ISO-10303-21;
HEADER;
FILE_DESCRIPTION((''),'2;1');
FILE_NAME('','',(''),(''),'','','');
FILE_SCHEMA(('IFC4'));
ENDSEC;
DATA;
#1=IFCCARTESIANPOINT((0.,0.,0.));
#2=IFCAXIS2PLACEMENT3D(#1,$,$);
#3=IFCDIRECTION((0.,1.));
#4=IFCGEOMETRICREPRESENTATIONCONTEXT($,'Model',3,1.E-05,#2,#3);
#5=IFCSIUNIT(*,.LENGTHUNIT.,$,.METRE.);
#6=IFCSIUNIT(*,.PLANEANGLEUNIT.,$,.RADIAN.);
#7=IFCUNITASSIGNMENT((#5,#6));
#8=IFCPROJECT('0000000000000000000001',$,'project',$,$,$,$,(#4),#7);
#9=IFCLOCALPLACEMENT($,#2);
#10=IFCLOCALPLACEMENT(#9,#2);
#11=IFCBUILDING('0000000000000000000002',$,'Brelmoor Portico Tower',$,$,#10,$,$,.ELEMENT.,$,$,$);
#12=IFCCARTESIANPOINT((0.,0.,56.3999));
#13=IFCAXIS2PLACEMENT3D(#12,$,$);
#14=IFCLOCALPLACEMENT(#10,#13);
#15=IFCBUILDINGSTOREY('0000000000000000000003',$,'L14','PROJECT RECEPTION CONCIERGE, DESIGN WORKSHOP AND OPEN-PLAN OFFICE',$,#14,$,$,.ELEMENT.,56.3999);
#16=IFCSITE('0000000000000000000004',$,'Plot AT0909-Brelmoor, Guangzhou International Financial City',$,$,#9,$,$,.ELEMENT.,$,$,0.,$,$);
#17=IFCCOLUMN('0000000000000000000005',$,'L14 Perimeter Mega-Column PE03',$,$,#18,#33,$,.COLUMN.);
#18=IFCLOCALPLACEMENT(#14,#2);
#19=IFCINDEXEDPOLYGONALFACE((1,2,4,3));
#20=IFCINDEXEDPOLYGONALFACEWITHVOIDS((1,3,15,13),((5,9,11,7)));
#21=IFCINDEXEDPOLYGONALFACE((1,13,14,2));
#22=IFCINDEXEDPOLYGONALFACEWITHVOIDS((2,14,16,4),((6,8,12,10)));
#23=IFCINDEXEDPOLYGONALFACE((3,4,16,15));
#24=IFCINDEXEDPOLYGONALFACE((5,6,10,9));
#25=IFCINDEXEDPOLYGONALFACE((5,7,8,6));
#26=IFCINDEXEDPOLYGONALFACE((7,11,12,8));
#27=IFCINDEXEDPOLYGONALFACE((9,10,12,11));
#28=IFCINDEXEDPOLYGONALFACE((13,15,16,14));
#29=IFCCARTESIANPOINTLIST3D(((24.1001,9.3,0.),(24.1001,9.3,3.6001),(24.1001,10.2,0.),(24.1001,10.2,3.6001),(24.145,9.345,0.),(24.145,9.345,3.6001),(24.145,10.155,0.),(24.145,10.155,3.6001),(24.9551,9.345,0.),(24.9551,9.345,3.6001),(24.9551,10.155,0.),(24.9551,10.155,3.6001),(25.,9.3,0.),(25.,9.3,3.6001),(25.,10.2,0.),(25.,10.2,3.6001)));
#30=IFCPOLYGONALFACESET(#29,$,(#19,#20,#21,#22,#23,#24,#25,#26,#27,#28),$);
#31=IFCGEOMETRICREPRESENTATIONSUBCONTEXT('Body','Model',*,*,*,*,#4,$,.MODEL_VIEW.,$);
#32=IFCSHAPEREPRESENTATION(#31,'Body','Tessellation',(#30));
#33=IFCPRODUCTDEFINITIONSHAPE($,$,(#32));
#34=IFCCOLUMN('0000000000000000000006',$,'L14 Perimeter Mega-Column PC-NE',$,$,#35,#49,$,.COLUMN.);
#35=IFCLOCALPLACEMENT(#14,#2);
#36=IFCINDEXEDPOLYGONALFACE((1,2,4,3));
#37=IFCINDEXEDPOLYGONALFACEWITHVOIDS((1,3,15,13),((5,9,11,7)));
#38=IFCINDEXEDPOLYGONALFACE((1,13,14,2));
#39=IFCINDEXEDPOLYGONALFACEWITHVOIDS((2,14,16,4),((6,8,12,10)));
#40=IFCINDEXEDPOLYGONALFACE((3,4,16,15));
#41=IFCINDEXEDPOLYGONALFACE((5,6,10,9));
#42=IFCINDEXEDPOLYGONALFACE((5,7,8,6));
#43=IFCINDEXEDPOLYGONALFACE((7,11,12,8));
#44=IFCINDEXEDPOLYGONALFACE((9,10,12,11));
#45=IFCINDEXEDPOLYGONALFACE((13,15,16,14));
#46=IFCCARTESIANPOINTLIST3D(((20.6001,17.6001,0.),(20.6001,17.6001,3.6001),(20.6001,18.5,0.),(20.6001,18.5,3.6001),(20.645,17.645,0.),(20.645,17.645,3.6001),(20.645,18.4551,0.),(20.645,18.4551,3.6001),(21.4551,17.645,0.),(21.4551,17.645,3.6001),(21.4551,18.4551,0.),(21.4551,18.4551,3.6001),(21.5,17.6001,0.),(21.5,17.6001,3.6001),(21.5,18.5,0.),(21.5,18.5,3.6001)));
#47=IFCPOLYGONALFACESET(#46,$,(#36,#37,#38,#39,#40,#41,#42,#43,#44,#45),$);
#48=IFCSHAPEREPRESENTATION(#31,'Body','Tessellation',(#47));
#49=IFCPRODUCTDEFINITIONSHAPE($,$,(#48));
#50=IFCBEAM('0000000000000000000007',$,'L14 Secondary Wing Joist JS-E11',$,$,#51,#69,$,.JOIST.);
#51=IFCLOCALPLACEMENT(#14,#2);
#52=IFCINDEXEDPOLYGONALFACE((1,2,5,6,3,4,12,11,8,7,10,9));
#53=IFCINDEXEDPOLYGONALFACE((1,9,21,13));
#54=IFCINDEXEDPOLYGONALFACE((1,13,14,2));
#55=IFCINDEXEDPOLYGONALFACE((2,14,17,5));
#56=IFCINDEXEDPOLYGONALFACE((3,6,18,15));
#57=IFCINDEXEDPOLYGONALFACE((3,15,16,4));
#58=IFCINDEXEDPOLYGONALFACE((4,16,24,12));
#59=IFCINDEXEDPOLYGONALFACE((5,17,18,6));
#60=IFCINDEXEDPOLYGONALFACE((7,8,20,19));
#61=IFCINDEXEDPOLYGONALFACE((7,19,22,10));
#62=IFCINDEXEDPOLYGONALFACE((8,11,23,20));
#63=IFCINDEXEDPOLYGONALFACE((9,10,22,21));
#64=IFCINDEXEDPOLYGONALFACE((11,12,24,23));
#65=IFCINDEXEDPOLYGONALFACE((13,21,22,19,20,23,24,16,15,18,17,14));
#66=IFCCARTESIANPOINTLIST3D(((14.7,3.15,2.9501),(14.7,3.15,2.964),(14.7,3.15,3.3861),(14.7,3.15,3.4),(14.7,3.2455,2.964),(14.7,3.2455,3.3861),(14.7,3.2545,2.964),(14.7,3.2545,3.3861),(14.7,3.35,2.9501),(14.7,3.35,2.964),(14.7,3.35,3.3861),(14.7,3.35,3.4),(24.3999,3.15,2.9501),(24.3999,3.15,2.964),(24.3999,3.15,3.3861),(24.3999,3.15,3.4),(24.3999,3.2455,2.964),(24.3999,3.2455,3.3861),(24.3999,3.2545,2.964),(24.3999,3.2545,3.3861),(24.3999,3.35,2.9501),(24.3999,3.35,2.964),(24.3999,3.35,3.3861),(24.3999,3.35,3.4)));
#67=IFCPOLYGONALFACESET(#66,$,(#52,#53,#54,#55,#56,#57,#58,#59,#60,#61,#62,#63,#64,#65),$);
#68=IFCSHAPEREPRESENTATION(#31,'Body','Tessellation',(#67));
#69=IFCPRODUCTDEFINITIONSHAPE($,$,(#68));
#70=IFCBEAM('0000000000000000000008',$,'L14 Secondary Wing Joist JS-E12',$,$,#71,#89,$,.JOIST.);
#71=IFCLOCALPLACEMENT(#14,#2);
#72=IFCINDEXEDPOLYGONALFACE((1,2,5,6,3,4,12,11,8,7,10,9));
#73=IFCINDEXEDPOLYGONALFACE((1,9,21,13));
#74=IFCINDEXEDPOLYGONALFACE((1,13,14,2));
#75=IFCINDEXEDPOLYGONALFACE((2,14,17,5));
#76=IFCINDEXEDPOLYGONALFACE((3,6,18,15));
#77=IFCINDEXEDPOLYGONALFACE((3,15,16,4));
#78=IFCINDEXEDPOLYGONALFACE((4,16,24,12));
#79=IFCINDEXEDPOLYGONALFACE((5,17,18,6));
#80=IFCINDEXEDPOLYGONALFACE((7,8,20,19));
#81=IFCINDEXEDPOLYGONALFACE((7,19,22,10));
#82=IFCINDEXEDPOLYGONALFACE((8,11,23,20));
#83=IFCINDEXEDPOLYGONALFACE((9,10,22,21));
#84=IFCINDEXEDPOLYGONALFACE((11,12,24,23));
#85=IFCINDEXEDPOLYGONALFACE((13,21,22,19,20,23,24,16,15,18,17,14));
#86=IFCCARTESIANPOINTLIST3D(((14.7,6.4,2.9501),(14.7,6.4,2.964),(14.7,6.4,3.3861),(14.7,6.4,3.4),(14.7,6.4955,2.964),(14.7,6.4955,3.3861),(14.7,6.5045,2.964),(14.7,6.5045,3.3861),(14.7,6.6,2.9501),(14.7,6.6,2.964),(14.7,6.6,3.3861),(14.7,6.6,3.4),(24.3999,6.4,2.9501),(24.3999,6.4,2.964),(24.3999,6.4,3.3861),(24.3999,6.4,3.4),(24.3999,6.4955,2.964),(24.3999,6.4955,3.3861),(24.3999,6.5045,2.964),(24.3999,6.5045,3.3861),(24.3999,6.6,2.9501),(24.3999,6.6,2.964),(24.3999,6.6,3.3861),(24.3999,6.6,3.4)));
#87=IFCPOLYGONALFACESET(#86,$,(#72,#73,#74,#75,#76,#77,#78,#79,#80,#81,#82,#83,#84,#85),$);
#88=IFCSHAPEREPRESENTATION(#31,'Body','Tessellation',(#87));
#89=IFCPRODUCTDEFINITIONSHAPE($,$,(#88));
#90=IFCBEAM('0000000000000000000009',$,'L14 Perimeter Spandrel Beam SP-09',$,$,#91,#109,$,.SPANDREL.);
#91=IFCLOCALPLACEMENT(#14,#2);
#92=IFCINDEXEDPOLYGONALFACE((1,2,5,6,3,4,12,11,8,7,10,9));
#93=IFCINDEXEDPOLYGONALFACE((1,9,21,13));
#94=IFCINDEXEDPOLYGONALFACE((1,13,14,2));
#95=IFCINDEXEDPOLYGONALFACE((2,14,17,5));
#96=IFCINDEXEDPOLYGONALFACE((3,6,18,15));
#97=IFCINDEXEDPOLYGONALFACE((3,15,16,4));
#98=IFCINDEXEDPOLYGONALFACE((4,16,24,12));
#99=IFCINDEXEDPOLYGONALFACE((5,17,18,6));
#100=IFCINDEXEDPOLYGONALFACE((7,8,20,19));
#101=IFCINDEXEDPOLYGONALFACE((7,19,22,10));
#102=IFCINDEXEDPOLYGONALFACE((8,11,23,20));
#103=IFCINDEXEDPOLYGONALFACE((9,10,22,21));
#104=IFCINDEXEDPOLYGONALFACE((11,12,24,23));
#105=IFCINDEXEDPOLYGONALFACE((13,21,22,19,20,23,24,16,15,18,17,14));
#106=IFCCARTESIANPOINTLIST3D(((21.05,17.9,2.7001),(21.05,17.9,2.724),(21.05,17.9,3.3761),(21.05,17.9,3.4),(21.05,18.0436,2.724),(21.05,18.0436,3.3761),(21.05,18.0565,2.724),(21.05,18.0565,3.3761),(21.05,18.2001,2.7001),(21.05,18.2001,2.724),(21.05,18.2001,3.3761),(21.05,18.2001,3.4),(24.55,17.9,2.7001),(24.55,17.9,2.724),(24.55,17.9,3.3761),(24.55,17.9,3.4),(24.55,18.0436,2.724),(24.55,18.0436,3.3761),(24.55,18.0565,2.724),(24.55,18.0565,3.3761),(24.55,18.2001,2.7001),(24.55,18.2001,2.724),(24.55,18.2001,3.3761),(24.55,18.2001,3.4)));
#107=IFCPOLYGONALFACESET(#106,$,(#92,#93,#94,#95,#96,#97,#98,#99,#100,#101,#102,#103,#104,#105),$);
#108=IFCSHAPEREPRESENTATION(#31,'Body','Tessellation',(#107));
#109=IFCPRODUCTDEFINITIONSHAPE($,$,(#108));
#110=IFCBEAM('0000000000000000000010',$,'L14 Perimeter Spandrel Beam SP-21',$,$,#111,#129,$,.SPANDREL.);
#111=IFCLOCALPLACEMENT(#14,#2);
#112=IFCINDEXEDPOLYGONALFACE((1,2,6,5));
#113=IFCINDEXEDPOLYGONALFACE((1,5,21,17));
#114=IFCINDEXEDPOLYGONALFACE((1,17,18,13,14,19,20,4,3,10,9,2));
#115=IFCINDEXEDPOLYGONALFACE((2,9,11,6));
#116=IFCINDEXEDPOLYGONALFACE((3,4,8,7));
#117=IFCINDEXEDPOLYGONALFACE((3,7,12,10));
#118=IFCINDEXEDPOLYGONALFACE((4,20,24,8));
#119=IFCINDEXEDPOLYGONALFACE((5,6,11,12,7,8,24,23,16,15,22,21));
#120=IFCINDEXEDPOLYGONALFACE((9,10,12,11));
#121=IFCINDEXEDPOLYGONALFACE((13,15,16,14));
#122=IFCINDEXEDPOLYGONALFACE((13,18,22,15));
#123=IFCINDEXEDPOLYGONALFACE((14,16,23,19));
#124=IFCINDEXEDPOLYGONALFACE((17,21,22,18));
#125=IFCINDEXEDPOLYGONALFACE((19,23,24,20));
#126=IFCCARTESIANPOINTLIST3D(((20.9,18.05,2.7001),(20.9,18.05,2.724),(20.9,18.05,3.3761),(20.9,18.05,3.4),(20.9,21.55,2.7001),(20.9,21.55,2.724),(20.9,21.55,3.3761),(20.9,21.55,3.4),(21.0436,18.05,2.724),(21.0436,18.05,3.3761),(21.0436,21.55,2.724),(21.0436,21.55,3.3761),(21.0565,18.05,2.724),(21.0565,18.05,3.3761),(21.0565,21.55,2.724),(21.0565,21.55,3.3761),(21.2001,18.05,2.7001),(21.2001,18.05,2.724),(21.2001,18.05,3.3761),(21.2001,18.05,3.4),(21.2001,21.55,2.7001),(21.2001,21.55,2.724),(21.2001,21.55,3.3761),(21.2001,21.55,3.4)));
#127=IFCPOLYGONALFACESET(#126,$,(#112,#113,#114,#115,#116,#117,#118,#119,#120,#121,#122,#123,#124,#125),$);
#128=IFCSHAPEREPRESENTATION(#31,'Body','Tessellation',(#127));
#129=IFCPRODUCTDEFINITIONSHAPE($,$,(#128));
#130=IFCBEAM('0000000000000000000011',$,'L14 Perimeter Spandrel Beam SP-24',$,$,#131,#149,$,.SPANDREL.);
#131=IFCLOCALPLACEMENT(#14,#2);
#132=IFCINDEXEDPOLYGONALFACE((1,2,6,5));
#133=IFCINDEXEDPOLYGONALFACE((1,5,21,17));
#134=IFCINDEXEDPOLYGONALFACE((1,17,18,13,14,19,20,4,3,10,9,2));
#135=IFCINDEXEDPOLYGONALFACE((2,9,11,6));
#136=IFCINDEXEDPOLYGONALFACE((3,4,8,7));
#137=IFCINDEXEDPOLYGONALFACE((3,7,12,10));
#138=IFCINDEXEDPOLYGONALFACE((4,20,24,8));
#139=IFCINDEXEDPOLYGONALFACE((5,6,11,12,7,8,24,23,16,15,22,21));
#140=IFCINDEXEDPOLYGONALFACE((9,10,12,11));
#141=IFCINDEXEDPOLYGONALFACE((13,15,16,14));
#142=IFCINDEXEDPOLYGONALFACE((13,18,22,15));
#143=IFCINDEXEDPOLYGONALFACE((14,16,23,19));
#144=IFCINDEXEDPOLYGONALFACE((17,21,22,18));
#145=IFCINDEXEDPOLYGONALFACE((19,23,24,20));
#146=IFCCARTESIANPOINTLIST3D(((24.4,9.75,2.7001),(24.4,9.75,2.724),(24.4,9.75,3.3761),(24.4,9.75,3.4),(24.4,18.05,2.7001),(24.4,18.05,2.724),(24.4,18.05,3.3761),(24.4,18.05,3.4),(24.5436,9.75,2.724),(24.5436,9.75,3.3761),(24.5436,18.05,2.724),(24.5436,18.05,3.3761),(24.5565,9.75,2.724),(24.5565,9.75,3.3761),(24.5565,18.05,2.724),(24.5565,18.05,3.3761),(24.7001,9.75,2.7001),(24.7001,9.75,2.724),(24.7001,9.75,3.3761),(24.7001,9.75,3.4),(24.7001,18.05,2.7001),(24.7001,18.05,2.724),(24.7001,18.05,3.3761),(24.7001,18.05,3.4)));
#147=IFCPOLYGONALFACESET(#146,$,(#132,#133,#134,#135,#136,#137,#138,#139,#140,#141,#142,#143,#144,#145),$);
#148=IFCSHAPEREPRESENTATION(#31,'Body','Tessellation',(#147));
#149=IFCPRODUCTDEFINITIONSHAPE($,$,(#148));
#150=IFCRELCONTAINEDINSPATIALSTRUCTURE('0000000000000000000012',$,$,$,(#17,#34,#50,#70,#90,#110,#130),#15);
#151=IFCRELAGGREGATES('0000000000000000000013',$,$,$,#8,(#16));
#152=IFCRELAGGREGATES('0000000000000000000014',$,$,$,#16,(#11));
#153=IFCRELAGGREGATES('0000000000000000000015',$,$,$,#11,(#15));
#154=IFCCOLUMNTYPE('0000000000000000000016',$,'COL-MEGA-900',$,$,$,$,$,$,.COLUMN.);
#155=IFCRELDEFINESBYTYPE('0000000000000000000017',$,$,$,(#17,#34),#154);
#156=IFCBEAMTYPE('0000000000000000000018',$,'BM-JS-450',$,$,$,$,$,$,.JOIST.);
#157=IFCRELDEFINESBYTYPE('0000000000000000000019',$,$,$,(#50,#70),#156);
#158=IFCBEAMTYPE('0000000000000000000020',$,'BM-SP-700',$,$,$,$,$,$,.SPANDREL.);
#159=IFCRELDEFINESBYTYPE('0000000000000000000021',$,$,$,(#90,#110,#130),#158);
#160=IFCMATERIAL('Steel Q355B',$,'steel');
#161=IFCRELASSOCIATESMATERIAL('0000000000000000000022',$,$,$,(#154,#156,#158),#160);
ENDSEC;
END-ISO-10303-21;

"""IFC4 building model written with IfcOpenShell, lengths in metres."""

from ifc_helpers import new_model, si_unit, direction, frame, origin, origin_2d, place, context, subcontext, project, spatial, hollow_rectangle, i_section, extrude, material, material_profile, profile_set, type_object, element, save


model = new_model("IFC4")

# Units and contexts
model_context = context("Model", 3, precision=1e-05, world=origin(), true_north=direction((0.0, 1.0)))
body_context = subcontext(model_context, "Body", "Model", "MODEL_VIEW")
ifc_project = project(units=[si_unit("LENGTHUNIT", "METRE"), si_unit("PLANEANGLEUNIT", "RADIAN")], contexts=[model_context])

# Site, building, storey
site_placement = place(None, origin())
site = spatial("IfcSite", under=ifc_project, at=site_placement, Name="Plot AT0909-Brelmoor, Guangzhou International Financial City", CompositionType="ELEMENT", RefElevation=0.0)
building_placement = place(site_placement, origin())
building = spatial("IfcBuilding", under=site, at=building_placement, Name="Brelmoor Portico Tower", CompositionType="ELEMENT")
storey_placement = place(building_placement, frame((0.0, 0.0, 56.3999)))
storey = spatial("IfcBuildingStorey", under=building, at=storey_placement, Name="L14", Description="PROJECT RECEPTION CONCIERGE, DESIGN WORKSHOP AND OPEN-PLAN OFFICE", CompositionType="ELEMENT", Elevation=56.3999)

# Columns
ifc_material_1 = material(Name="Steel Q355B", Category="steel")
ifc_material_profile_1 = material_profile(ifc_material_1, hollow_rectangle(XDim=0.8999, YDim=0.8999, WallThickness=0.0449, at=origin_2d()), Name="BOX 900x900x45")
ifc_profile_set_1 = profile_set([ifc_material_profile_1], Name="Steel Q355B")
column_type = type_object("IfcColumnType", Name="COL-MEGA-900", PredefinedType="COLUMN", material=ifc_profile_set_1)
for number, where, z_axis, x_axis, name in (
    (1, (24.55, 9.75, 0.0), (0.0, 0.0, 1.0), (0.0, 1.0, 0.0), "L14 Perimeter Mega-Column PE03"),
    (2, (21.05, 18.05, 0.0), (0.0, 0.0, 1.0), (1.0, 0.0, 0.0), "L14 Perimeter Mega-Column PC-NE"),
):
    element("IfcColumn", number, at=place(storey_placement, frame(where, z_axis=z_axis, x_axis=x_axis)), inside=storey, type_object=column_type, Name=name, PredefinedType="COLUMN", context=body_context, shape_type="SweptSolid", body=[
        extrude(hollow_rectangle(XDim=0.8999, YDim=0.8999, WallThickness=0.0449, at=origin_2d()), origin(), (0.0, 0.0, 1.0), 3.6001),
    ])

# Beams
ifc_material_profile_2 = material_profile(ifc_material_1, i_section(OverallWidth=0.2, OverallDepth=0.45, WebThickness=0.009, FlangeThickness=0.0139, at=origin_2d()), Name="HN 450x200x9x14")
ifc_profile_set_2 = profile_set([ifc_material_profile_2], Name="Steel Q355B")
beam_type_1 = type_object("IfcBeamType", Name="BM-JS-450", PredefinedType="JOIST", material=ifc_profile_set_2)
for number, where, z_axis, x_axis, name in (
    (3, (14.7, 3.25, 3.175), (1.0, 0.0, 0.0), (0.0, 1.0, 0.0), "L14 Secondary Wing Joist JS-E11"),
    (4, (14.7, 6.5, 3.175), (1.0, 0.0, 0.0), (0.0, 1.0, 0.0), "L14 Secondary Wing Joist JS-E12"),
):
    element("IfcBeam", number, at=place(storey_placement, frame(where, z_axis=z_axis, x_axis=x_axis)), inside=storey, type_object=beam_type_1, Name=name, PredefinedType="JOIST", context=body_context, shape_type="SweptSolid", body=[
        extrude(i_section(OverallWidth=0.2, OverallDepth=0.45, WebThickness=0.009, FlangeThickness=0.0139, at=origin_2d()), origin(), (0.0, 0.0, 1.0), 9.7),
    ])
ifc_material_profile_3 = material_profile(ifc_material_1, i_section(OverallWidth=0.3, OverallDepth=0.7, WebThickness=0.0129, FlangeThickness=0.0239, at=origin_2d()), Name="HN 700x300x13x24")
ifc_profile_set_3 = profile_set([ifc_material_profile_3], Name="Steel Q355B")
beam_type_2 = type_object("IfcBeamType", Name="BM-SP-700", PredefinedType="SPANDREL", material=ifc_profile_set_3)
for number, where, z_axis, x_axis, name in (
    (5, (21.05, 18.05, 3.05), (1.0, 0.0, 0.0), (0.0, 1.0, 0.0), "L14 Perimeter Spandrel Beam SP-09"),
    (6, (21.05, 18.05, 3.05), (0.0, 1.0, 0.0), (-1.0, 0.0, 0.0), "L14 Perimeter Spandrel Beam SP-21"),
):
    element("IfcBeam", number, at=place(storey_placement, frame(where, z_axis=z_axis, x_axis=x_axis)), inside=storey, type_object=beam_type_2, Name=name, PredefinedType="SPANDREL", context=body_context, shape_type="SweptSolid", body=[
        extrude(i_section(OverallWidth=0.3, OverallDepth=0.7, WebThickness=0.0129, FlangeThickness=0.0239, at=origin_2d()), origin(), (0.0, 0.0, 1.0), 3.5),
    ])
beam_placement = place(storey_placement, frame((24.55, 9.75, 3.05), z_axis=(0.0, 1.0, 0.0), x_axis=(-1.0, 0.0, 0.0)))
element("IfcBeam", 7, at=beam_placement, inside=storey, type_object=beam_type_2, Name="L14 Perimeter Spandrel Beam SP-24", PredefinedType="SPANDREL", context=body_context, shape_type="SweptSolid", body=[
    extrude(i_section(OverallWidth=0.3, OverallDepth=0.7, WebThickness=0.0129, FlangeThickness=0.0239, at=origin_2d()), origin(), (0.0, 0.0, 1.0), 8.3),
])

save(model, "model.ifc")
